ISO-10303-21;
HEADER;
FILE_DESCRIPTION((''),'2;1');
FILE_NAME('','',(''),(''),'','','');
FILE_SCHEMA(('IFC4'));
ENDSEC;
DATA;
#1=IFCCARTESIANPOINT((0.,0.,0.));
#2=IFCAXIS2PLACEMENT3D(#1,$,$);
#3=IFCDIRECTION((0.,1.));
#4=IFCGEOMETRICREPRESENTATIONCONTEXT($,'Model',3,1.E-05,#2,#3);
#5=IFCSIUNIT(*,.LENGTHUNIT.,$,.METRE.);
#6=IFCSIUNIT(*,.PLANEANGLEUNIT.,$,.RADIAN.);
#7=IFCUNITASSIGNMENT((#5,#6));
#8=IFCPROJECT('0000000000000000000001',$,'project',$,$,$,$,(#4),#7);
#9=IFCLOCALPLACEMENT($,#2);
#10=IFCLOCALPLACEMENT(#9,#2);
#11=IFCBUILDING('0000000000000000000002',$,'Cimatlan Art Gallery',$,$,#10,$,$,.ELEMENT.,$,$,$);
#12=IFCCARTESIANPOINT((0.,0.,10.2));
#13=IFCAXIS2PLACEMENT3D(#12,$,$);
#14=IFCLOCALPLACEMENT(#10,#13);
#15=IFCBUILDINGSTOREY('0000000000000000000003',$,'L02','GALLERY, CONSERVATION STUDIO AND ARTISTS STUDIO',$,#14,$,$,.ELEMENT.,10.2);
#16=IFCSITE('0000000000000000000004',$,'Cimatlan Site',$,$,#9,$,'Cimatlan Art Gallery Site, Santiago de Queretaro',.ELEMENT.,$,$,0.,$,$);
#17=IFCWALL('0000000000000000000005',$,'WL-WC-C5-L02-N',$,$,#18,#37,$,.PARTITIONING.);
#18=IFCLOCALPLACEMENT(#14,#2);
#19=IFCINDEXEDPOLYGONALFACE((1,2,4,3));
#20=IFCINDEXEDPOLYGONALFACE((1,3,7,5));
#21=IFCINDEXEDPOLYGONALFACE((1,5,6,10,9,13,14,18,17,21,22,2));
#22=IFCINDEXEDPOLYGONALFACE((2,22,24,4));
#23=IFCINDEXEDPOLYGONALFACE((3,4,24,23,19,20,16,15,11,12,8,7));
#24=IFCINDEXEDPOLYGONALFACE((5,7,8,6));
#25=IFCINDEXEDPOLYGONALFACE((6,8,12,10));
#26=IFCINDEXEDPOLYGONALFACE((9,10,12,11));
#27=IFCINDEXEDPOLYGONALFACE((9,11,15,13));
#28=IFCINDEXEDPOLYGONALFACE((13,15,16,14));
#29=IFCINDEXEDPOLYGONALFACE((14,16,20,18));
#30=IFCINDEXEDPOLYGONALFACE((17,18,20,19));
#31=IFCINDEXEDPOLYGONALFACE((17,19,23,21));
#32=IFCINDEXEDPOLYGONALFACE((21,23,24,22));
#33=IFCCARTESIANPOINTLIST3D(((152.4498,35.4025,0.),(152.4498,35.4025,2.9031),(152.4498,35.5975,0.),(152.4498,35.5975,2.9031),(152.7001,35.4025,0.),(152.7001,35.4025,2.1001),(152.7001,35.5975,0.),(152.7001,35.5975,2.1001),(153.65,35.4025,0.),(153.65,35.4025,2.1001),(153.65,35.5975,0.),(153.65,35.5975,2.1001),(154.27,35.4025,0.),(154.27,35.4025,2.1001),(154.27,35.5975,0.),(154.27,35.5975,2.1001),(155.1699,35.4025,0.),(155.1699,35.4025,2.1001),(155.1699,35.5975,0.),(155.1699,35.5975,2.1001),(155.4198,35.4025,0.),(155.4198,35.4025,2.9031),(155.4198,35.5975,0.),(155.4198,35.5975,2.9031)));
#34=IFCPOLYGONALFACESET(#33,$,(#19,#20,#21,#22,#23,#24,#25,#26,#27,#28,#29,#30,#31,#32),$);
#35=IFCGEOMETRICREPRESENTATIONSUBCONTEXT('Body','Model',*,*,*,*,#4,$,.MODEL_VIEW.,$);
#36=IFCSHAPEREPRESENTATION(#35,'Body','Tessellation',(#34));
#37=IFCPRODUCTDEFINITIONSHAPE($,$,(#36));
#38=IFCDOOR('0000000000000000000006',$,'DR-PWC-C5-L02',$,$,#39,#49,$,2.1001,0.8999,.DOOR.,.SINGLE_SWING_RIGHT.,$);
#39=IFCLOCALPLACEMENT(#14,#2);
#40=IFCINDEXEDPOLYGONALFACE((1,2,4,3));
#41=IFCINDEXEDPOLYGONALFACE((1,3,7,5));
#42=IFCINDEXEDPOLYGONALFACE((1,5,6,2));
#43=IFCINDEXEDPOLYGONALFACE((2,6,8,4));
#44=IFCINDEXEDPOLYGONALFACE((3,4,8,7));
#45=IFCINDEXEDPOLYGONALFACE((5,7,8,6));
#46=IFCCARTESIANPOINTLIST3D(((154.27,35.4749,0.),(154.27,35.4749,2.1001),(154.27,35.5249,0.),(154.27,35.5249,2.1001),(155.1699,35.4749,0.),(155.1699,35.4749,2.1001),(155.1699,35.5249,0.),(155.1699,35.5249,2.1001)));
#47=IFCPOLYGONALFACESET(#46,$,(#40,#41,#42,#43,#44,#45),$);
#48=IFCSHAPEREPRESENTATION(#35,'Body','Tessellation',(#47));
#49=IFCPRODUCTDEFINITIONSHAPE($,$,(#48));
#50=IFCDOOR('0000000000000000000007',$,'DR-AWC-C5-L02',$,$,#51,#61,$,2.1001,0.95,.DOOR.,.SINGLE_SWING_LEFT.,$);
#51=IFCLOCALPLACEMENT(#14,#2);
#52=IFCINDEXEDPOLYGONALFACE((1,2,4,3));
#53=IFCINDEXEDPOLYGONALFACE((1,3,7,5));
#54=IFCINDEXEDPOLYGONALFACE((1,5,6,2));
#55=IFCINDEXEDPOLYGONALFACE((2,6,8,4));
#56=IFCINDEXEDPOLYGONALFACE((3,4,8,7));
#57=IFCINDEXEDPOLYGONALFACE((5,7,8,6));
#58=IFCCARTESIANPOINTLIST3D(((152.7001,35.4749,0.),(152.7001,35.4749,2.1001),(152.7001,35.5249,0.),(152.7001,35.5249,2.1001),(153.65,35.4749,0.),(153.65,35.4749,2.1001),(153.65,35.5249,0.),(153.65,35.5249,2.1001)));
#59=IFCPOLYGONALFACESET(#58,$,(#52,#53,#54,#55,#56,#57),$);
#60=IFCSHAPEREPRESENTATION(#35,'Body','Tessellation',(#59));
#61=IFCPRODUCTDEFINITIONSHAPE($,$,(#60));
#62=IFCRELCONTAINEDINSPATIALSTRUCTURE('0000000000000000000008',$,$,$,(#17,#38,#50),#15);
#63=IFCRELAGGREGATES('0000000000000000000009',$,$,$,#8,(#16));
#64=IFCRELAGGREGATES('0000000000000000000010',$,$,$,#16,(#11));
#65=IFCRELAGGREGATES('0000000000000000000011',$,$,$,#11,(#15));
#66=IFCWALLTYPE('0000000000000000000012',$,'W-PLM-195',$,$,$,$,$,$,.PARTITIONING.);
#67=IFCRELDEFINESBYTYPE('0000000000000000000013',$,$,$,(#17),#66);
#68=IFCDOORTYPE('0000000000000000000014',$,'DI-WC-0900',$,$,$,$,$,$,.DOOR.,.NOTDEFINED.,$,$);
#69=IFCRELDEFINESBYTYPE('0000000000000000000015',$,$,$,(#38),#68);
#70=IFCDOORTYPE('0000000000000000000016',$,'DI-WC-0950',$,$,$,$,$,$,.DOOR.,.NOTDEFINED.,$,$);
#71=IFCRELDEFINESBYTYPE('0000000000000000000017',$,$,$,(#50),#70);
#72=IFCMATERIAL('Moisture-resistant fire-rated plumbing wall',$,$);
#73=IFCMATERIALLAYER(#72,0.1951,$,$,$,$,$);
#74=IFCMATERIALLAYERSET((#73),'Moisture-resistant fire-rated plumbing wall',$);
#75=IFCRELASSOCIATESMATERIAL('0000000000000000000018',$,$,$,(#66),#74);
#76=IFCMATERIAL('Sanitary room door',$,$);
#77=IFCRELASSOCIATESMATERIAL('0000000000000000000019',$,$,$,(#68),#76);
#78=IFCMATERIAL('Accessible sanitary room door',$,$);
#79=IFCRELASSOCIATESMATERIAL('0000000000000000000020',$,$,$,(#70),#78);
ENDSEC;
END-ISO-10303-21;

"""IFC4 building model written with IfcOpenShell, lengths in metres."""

from ifc_helpers import new_model, si_unit, direction, frame, frame_2d, origin, place, context, subcontext, project, spatial, rectangle, extrude, material, layer, layer_set, type_object, element, fill, save


model = new_model("IFC4")

# Units and contexts
model_context = context("Model", 3, precision=1e-05, world=origin(), true_north=direction((0.0, 1.0)))
body_context = subcontext(model_context, "Body", "Model", "MODEL_VIEW")
ifc_project = project(units=[si_unit("LENGTHUNIT", "METRE"), si_unit("PLANEANGLEUNIT", "RADIAN")], contexts=[model_context])

# Site, building, storey
site_placement = place(None, origin())
site = spatial("IfcSite", under=ifc_project, at=site_placement, Name="Cimatlan Site", LongName="Cimatlan Art Gallery Site, Santiago de Queretaro", CompositionType="ELEMENT", RefElevation=0.0)
building_placement = place(site_placement, origin())
building = spatial("IfcBuilding", under=site, at=building_placement, Name="Cimatlan Art Gallery", CompositionType="ELEMENT")
storey_placement = place(building_placement, frame((0.0, 0.0, 10.2)))
storey = spatial("IfcBuildingStorey", under=building, at=storey_placement, Name="L02", Description="GALLERY, CONSERVATION STUDIO AND ARTISTS STUDIO", CompositionType="ELEMENT", Elevation=10.2)

# Wall, openings, doors
ifc_material_1 = material(Name="Moisture-resistant fire-rated plumbing wall")
ifc_layer_1 = layer(ifc_material_1, 0.1951)
ifc_layer_set_1 = layer_set([ifc_layer_1], Name="Moisture-resistant fire-rated plumbing wall")
wall_type_1 = type_object("IfcWallType", Name="W-PLM-195", PredefinedType="PARTITIONING", material=ifc_layer_set_1)
wall_1_placement = place(storey_placement, frame((152.45, 35.5, 0.0), z_axis=(0.0, 0.0, 1.0), x_axis=(1.0, 0.0, 0.0)))
wall_1 = element("IfcWall", 1, at=wall_1_placement, inside=storey, type_object=wall_type_1, Name="WL-WC-C5-L02-N", PredefinedType="PARTITIONING", context=body_context, shape_type="SweptSolid", body=[
    extrude(rectangle(XDim=2.97, YDim=0.1951, at=frame_2d((1.4849, 0.0))), origin(), (0.0, 0.0, 1.0), 2.9031),
])
opening_1_placement = place(wall_1_placement, frame((0.25, 0.0, 0.0)))
opening_1 = element("IfcOpeningElement", 2, at=opening_1_placement, cuts=wall_1, PredefinedType="OPENING", context=body_context, shape_type="SweptSolid", body=[
    extrude(rectangle(XDim=0.95, YDim=2.1001, at=frame_2d((0.4751, 1.05))), frame((0.0, 0.1074, 0.0), z_axis=(0.0, -1.0, 0.0), x_axis=(1.0, 0.0, 0.0)), (0.0, 0.0, 1.0), 0.2151),
])
opening_2_placement = place(wall_1_placement, frame((1.8201, 0.0, 0.0)))
opening_2 = element("IfcOpeningElement", 3, at=opening_2_placement, cuts=wall_1, PredefinedType="OPENING", context=body_context, shape_type="SweptSolid", body=[
    extrude(rectangle(XDim=0.8999, YDim=2.1001, at=frame_2d((0.45, 1.05))), frame((0.0, 0.1074, 0.0), z_axis=(0.0, -1.0, 0.0), x_axis=(1.0, 0.0, 0.0)), (0.0, 0.0, 1.0), 0.2151),
])
ifc_material_2 = material(Name="Sanitary room door")
door_type_1 = type_object("IfcDoorType", Name="DI-WC-0900", OperationType="NOTDEFINED", PredefinedType="DOOR", material=ifc_material_2)
door_1_placement = place(opening_2_placement, origin())
door_1 = element("IfcDoor", 4, at=door_1_placement, inside=storey, type_object=door_type_1, Name="DR-PWC-C5-L02", OperationType="SINGLE_SWING_RIGHT", OverallHeight=2.1001, OverallWidth=0.8999, PredefinedType="DOOR", context=body_context, shape_type="SweptSolid", body=[
    extrude(rectangle(XDim=0.8999, YDim=2.1001, at=frame_2d((0.45, 1.05))), frame((0.0, 0.0249, 0.0), z_axis=(0.0, -1.0, 0.0), x_axis=(1.0, 0.0, 0.0)), (0.0, 0.0, 1.0), 0.05),
])
fill(opening_2, door_1)
ifc_material_3 = material(Name="Accessible sanitary room door")
door_type_2 = type_object("IfcDoorType", Name="DI-WC-0950", OperationType="NOTDEFINED", PredefinedType="DOOR", material=ifc_material_3)
door_2_placement = place(opening_1_placement, origin())
door_2 = element("IfcDoor", 5, at=door_2_placement, inside=storey, type_object=door_type_2, Name="DR-AWC-C5-L02", OperationType="SINGLE_SWING_LEFT", OverallHeight=2.1001, OverallWidth=0.95, PredefinedType="DOOR", context=body_context, shape_type="SweptSolid", body=[
    extrude(rectangle(XDim=0.95, YDim=2.1001, at=frame_2d((0.4751, 1.05))), frame((0.0, 0.0249, 0.0), z_axis=(0.0, -1.0, 0.0), x_axis=(1.0, 0.0, 0.0)), (0.0, 0.0, 1.0), 0.05),
])
fill(opening_1, door_2)

save(model, "model.ifc")
